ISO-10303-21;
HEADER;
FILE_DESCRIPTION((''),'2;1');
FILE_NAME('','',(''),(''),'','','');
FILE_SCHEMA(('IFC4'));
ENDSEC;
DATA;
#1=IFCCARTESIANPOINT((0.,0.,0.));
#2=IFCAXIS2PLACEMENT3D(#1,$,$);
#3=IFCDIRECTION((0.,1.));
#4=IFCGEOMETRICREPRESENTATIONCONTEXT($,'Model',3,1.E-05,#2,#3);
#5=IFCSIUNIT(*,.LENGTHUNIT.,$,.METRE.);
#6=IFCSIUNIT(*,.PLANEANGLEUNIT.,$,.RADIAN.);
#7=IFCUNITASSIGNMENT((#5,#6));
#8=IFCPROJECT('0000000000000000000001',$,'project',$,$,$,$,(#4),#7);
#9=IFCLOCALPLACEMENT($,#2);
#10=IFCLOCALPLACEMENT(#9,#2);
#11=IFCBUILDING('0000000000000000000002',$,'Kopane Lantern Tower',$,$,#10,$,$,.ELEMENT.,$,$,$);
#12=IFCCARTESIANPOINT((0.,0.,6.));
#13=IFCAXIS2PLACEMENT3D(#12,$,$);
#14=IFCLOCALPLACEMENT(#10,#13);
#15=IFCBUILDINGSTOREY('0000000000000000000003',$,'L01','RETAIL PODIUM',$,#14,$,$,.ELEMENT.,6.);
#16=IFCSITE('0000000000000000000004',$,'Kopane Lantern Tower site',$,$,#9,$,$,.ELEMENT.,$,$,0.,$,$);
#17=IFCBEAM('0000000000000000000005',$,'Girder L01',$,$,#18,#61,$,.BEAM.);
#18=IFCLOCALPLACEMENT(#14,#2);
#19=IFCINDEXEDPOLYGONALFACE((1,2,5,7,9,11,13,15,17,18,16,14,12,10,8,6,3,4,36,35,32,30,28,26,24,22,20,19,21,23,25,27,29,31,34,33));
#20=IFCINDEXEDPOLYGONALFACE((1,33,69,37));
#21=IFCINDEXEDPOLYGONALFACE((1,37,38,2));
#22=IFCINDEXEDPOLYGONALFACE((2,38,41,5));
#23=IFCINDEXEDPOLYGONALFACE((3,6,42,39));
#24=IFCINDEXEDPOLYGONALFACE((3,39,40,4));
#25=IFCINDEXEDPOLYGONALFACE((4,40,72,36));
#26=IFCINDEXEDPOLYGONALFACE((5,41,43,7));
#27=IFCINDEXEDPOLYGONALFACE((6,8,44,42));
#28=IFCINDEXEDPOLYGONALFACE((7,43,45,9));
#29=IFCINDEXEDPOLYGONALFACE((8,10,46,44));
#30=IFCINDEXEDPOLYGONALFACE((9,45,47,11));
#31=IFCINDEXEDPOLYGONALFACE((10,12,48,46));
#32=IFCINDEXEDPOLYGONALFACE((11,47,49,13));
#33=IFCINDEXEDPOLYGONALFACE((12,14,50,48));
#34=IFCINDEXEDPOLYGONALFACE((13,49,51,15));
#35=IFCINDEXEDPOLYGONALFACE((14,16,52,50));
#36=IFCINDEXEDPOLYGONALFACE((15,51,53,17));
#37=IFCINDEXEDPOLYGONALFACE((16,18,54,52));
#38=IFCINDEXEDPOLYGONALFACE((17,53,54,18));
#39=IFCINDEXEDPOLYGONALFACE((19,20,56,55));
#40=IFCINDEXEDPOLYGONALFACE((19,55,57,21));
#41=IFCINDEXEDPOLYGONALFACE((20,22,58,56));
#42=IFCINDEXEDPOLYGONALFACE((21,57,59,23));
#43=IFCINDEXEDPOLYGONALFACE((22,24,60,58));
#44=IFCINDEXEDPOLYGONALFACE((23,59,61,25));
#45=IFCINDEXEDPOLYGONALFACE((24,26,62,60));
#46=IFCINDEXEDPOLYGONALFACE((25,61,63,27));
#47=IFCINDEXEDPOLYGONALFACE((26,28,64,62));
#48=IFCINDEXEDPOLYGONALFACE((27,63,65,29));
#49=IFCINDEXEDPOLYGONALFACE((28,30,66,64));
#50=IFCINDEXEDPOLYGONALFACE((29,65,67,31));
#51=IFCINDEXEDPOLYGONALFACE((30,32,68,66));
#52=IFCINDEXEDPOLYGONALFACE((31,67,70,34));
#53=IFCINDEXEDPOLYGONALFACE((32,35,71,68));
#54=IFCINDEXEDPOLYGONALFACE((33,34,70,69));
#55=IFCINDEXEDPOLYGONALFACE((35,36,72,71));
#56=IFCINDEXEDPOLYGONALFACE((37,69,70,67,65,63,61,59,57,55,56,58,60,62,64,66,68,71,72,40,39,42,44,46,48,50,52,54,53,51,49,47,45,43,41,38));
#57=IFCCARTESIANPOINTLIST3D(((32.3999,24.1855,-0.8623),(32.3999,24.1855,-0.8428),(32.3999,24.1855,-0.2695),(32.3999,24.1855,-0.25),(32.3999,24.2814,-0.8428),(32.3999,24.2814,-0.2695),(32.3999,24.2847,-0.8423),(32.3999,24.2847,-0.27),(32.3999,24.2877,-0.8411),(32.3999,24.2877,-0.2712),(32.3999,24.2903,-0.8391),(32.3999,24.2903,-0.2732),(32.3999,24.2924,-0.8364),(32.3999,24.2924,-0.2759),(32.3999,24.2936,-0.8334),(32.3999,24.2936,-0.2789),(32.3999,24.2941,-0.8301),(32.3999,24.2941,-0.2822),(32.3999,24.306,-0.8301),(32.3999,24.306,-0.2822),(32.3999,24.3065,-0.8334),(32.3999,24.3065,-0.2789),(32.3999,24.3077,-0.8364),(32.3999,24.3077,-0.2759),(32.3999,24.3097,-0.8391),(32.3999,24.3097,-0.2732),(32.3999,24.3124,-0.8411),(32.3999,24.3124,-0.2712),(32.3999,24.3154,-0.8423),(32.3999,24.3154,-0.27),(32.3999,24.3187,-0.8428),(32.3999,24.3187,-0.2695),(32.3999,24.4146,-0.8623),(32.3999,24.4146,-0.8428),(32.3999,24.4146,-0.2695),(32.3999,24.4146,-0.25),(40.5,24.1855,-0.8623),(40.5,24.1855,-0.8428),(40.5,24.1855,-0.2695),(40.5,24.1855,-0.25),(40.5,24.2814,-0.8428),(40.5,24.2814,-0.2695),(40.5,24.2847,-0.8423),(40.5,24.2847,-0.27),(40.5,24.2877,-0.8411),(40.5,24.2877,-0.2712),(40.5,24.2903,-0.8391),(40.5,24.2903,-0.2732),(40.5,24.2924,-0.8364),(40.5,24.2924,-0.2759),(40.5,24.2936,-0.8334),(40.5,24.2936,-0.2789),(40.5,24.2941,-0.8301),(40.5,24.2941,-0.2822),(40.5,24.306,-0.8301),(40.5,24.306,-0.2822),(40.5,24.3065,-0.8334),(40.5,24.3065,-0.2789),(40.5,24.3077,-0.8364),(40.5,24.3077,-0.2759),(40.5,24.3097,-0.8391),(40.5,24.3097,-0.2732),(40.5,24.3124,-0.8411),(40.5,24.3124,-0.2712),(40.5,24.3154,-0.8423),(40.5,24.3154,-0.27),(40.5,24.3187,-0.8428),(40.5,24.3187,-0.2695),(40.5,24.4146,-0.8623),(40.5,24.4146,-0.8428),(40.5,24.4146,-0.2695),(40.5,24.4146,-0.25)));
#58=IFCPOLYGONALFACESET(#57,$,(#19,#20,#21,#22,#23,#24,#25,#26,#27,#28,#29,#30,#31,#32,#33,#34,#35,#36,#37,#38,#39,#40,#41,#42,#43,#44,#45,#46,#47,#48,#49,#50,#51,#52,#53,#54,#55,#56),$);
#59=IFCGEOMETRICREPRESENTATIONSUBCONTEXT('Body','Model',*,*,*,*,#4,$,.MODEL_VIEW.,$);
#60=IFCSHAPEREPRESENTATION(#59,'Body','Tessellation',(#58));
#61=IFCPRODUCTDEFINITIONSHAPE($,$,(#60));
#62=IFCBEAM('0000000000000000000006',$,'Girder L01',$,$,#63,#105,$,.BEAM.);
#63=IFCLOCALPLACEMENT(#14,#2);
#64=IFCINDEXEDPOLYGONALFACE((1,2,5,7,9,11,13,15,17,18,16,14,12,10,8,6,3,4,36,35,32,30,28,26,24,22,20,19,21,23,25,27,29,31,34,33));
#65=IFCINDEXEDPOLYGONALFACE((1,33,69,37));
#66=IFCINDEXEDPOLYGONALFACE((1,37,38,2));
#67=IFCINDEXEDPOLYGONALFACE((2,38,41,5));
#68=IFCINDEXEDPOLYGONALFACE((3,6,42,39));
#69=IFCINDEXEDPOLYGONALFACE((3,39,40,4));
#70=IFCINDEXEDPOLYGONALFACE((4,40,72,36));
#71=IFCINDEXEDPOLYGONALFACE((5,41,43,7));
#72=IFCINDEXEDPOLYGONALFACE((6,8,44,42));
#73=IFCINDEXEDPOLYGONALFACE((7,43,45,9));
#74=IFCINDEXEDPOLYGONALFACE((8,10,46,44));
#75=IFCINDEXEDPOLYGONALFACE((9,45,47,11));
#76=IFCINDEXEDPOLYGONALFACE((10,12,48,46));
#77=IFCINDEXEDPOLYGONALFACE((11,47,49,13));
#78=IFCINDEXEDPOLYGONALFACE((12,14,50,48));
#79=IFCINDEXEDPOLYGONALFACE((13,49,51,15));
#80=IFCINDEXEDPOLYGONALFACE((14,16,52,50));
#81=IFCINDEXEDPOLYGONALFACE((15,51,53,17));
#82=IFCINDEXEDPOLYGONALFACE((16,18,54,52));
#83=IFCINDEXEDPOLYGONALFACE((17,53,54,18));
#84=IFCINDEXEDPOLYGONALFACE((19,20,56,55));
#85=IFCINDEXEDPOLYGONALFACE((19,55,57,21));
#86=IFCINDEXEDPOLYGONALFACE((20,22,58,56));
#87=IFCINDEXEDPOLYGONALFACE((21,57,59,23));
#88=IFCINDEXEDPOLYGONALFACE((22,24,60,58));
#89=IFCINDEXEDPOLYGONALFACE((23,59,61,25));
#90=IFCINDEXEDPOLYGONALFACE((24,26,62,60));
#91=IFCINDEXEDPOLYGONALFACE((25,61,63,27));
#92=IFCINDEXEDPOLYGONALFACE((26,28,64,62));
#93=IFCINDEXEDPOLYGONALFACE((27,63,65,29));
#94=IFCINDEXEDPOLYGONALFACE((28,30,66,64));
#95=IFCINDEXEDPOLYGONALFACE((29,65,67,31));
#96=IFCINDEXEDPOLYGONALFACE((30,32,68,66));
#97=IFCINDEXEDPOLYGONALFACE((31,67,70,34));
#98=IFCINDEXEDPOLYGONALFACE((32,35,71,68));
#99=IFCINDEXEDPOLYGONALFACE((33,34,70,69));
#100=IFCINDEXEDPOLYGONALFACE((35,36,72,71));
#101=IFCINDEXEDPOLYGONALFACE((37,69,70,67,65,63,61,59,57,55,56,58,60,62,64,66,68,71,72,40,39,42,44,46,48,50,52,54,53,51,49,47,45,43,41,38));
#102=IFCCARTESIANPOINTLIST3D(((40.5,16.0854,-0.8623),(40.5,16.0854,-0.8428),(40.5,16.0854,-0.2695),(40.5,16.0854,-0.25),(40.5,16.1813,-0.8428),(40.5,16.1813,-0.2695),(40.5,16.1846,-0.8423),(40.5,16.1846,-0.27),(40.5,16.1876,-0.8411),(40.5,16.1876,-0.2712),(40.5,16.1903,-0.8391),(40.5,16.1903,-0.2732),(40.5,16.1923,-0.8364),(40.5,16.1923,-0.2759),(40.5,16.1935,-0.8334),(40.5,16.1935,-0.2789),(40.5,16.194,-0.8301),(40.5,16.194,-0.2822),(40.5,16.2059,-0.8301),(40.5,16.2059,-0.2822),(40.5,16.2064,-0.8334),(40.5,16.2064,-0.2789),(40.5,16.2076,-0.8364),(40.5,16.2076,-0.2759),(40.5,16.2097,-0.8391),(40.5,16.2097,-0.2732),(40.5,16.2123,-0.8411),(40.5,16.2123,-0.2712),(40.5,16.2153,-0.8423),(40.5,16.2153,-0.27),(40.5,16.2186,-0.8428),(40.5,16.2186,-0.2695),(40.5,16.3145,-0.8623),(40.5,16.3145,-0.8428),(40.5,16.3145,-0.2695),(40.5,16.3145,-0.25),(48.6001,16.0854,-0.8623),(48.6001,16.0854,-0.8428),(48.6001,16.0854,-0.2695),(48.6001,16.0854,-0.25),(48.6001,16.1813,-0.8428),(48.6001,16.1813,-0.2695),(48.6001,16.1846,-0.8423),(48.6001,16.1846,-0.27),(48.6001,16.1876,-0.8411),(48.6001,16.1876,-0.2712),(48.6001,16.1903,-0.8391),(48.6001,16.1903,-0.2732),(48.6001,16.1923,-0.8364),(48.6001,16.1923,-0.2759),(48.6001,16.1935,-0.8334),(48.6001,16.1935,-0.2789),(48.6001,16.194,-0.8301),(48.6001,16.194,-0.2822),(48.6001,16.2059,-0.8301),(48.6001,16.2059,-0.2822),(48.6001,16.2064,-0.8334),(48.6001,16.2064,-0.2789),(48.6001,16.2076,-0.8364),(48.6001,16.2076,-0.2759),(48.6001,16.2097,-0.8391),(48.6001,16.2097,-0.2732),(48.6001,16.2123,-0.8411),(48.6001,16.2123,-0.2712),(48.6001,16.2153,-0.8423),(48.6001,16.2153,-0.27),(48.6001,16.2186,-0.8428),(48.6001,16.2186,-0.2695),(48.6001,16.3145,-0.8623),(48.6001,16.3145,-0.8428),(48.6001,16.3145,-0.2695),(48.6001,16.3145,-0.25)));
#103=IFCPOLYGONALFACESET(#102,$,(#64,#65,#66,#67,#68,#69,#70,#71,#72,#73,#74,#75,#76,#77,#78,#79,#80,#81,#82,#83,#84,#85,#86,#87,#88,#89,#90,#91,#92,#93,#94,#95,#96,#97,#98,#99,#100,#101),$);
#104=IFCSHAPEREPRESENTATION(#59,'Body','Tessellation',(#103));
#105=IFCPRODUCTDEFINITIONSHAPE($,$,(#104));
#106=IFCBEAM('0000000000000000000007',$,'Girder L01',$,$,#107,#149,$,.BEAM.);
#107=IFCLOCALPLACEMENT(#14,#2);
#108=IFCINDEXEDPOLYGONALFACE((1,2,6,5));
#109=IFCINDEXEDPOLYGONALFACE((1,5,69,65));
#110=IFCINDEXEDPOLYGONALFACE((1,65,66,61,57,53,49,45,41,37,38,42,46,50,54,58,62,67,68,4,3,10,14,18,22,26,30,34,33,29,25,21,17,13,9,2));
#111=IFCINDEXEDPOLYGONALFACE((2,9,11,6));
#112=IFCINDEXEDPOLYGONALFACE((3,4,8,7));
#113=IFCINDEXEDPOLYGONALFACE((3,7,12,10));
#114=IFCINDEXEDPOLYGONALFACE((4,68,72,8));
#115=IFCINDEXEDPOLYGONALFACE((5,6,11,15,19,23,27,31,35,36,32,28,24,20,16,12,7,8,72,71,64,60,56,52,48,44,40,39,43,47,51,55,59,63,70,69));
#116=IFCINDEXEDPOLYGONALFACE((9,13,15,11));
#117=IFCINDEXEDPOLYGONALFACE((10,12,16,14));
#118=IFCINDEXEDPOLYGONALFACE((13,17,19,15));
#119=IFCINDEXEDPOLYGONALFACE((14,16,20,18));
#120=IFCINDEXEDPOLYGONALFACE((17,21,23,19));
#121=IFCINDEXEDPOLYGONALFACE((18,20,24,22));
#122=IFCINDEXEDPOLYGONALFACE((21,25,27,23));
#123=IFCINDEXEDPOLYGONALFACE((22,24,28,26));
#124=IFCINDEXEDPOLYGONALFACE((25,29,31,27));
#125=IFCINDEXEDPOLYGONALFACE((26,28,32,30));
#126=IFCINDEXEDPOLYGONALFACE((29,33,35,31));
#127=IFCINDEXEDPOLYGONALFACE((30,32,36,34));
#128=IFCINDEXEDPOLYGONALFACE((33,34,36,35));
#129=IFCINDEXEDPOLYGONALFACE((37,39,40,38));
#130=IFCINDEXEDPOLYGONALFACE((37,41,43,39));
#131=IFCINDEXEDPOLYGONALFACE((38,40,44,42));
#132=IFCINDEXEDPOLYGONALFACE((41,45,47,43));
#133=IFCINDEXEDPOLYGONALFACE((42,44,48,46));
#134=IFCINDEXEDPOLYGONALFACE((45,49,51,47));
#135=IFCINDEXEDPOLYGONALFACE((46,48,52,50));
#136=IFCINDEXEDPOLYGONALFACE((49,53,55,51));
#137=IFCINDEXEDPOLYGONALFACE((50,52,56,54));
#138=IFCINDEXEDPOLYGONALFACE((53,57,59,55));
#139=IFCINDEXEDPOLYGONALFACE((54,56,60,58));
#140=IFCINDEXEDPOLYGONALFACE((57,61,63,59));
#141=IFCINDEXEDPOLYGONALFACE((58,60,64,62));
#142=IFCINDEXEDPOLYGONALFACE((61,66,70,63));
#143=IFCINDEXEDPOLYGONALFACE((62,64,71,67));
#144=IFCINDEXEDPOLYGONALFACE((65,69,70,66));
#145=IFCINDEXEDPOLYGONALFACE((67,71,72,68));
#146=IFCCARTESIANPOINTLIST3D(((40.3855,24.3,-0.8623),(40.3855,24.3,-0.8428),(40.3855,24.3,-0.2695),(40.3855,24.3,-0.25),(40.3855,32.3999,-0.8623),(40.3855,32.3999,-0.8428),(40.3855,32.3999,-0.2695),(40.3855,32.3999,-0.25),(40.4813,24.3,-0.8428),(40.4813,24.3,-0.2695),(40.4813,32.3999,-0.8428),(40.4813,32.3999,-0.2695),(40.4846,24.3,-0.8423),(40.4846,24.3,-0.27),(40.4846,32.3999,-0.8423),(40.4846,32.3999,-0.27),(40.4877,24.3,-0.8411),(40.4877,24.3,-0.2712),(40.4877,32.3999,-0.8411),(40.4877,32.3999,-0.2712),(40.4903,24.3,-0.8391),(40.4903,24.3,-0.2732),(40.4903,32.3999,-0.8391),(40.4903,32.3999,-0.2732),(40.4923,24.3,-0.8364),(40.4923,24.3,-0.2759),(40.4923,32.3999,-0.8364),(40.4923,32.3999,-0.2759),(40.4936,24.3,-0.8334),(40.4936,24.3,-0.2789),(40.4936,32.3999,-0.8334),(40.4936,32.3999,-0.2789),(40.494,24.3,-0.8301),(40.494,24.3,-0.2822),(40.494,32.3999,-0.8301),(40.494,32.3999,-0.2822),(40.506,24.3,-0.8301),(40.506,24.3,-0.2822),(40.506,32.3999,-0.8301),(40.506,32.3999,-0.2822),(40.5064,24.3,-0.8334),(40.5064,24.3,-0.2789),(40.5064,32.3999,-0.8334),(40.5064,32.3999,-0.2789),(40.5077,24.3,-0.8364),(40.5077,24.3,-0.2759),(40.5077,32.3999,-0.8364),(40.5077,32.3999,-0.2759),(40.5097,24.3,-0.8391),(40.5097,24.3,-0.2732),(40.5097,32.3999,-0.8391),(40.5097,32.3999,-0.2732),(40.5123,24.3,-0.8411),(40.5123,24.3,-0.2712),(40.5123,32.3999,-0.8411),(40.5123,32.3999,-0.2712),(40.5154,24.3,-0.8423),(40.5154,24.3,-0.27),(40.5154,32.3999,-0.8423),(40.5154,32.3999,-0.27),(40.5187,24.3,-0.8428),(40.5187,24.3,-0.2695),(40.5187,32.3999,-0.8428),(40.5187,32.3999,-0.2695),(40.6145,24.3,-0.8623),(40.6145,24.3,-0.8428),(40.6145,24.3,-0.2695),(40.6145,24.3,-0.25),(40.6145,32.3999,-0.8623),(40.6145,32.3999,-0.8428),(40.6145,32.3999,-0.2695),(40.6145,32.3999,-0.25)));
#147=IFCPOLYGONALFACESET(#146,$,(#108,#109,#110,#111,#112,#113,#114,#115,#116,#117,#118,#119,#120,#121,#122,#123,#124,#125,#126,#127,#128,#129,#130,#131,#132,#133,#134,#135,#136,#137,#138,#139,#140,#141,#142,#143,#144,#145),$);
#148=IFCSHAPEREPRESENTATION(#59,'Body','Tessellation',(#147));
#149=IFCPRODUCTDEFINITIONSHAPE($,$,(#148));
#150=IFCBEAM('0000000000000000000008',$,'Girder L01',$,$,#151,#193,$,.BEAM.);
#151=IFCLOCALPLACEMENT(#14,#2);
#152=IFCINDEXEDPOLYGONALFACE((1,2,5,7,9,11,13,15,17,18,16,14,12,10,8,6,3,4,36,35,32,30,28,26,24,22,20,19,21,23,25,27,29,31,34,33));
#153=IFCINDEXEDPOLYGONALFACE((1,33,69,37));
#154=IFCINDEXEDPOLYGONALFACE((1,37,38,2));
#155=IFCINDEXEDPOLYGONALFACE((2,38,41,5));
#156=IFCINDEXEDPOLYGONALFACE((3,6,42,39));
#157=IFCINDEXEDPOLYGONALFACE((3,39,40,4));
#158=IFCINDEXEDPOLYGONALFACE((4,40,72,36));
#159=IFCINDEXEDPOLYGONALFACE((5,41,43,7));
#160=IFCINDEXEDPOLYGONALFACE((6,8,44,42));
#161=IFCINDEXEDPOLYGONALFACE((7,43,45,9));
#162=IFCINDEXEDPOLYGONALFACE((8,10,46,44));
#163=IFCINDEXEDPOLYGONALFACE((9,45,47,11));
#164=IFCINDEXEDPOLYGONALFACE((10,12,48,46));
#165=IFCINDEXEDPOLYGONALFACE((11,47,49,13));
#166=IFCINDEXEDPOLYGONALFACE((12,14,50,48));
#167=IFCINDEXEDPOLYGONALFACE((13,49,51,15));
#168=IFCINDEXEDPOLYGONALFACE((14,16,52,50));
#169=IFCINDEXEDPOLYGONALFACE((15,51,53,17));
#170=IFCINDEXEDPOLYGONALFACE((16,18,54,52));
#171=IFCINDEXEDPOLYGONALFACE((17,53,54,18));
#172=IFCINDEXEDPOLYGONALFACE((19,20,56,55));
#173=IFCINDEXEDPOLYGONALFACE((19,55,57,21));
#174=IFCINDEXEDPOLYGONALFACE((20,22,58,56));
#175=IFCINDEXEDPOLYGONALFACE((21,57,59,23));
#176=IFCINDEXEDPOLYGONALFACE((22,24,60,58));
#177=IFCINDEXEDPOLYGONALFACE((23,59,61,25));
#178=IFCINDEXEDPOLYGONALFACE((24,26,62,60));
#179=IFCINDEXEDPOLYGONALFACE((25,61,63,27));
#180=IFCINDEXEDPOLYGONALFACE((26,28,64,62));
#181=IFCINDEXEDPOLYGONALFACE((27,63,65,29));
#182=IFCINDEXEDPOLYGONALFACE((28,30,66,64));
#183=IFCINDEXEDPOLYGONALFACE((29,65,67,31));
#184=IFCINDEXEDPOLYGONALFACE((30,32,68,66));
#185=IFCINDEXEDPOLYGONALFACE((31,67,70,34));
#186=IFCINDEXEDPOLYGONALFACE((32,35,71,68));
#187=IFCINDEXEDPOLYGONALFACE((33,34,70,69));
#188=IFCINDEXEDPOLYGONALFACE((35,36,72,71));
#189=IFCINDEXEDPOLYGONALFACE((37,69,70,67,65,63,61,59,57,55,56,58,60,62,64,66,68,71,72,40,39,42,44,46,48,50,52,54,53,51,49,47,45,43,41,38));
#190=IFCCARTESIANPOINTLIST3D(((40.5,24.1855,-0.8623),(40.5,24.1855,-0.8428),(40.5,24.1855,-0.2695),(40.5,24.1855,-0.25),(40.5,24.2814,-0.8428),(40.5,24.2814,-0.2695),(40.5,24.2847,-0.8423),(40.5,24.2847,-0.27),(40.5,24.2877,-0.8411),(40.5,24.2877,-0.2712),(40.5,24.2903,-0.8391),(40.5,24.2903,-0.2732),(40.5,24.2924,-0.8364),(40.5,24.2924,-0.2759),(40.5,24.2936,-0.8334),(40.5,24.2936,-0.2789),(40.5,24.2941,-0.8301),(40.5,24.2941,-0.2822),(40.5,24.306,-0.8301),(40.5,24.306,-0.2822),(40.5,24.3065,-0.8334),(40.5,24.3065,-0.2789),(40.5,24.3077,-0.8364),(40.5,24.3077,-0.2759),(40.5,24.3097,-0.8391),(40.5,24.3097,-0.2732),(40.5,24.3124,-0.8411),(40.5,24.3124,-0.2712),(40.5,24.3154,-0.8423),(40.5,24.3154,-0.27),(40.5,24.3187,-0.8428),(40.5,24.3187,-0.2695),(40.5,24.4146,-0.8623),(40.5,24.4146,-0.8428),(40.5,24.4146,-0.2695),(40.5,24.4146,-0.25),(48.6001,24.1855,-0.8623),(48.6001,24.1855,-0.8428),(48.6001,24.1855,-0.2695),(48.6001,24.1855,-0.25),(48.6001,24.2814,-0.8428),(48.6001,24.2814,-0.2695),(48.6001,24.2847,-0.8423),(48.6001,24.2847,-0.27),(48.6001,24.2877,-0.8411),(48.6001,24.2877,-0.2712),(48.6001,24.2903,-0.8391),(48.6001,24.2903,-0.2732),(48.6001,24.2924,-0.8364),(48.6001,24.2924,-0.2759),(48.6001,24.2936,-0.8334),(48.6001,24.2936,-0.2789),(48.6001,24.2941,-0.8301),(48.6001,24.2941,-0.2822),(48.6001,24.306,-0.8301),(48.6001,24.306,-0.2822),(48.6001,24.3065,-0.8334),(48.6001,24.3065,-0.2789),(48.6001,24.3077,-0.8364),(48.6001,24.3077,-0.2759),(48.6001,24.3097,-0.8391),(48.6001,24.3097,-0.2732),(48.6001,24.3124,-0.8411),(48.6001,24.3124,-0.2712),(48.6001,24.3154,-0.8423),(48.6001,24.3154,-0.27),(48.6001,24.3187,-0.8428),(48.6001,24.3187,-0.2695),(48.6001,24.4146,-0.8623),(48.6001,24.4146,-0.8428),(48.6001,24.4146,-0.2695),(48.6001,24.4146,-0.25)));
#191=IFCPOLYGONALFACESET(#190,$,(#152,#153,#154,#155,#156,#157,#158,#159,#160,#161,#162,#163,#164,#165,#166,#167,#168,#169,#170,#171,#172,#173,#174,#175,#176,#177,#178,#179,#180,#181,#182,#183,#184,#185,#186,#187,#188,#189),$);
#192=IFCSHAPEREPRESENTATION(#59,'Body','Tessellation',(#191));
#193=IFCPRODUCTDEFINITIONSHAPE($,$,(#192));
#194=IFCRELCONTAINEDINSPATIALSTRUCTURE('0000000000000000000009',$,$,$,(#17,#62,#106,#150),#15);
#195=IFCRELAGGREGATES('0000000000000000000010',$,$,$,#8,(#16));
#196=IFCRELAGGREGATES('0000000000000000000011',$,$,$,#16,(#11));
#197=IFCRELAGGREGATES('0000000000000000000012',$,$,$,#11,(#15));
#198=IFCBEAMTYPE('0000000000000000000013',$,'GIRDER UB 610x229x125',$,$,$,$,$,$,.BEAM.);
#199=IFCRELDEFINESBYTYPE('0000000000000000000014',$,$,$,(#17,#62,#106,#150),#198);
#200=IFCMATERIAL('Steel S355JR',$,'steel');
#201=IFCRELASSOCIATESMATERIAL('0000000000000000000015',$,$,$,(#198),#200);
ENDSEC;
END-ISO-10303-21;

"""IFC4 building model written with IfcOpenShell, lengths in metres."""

from ifc_helpers import new_model, si_unit, direction, frame, origin, origin_2d, place, context, subcontext, project, spatial, i_section, extrude, material, material_profile, profile_set, type_object, element, save


model = new_model("IFC4")

# Units and contexts
model_context = context("Model", 3, precision=1e-05, world=origin(), true_north=direction((0.0, 1.0)))
body_context = subcontext(model_context, "Body", "Model", "MODEL_VIEW")
ifc_project = project(units=[si_unit("LENGTHUNIT", "METRE"), si_unit("PLANEANGLEUNIT", "RADIAN")], contexts=[model_context])

# Site, building, storey
site_placement = place(None, origin())
site = spatial("IfcSite", under=ifc_project, at=site_placement, Name="Kopane Lantern Tower site", CompositionType="ELEMENT", RefElevation=0.0)
building_placement = place(site_placement, origin())
building = spatial("IfcBuilding", under=site, at=building_placement, Name="Kopane Lantern Tower", CompositionType="ELEMENT")
storey_placement = place(building_placement, frame((0.0, 0.0, 6.0)))
storey = spatial("IfcBuildingStorey", under=building, at=storey_placement, Name="L01", Description="RETAIL PODIUM", CompositionType="ELEMENT", Elevation=6.0)

# Beams
ifc_material_1 = material(Name="Steel S355JR", Category="steel")
ifc_material_profile_1 = material_profile(ifc_material_1, i_section(OverallWidth=0.229, OverallDepth=0.6123, WebThickness=0.012, FlangeThickness=0.0195, FilletRadius=0.0127, at=origin_2d()), Name="UB 610x229x125")
ifc_profile_set_1 = profile_set([ifc_material_profile_1], Name="Steel S355JR")
beam_type_1 = type_object("IfcBeamType", Name="GIRDER UB 610x229x125", PredefinedType="BEAM", material=ifc_profile_set_1)
for number, where, z_axis, x_axis, name in (
    (1, (32.3999, 24.3, -0.5562), (1.0, 0.0, 0.0), (0.0, 1.0, 0.0), "Girder L01"),
    (2, (40.5, 16.2, -0.5562), (1.0, 0.0, 0.0), (0.0, 1.0, 0.0), "Girder L01"),
):
    element("IfcBeam", number, at=place(storey_placement, frame(where, z_axis=z_axis, x_axis=x_axis)), inside=storey, type_object=beam_type_1, Name=name, PredefinedType="BEAM", context=body_context, shape_type="SweptSolid", body=[
        extrude(i_section(OverallWidth=0.229, OverallDepth=0.6123, WebThickness=0.012, FlangeThickness=0.0195, FilletRadius=0.0127, at=origin_2d()), origin(), (0.0, 0.0, 1.0), 8.1001),
    ])
beam_1_placement = place(storey_placement, frame((40.5, 24.3, -0.5562), z_axis=(0.0, 1.0, 0.0), x_axis=(-1.0, 0.0, 0.0)))
element("IfcBeam", 3, at=beam_1_placement, inside=storey, type_object=beam_type_1, Name="Girder L01", PredefinedType="BEAM", context=body_context, shape_type="SweptSolid", body=[
    extrude(i_section(OverallWidth=0.229, OverallDepth=0.6123, WebThickness=0.012, FlangeThickness=0.0195, FilletRadius=0.0127, at=origin_2d()), origin(), (0.0, 0.0, 1.0), 8.0999),
])
beam_2_placement = place(storey_placement, frame((40.5, 24.3, -0.5562), z_axis=(1.0, 0.0, 0.0), x_axis=(0.0, 1.0, 0.0)))
element("IfcBeam", 4, at=beam_2_placement, inside=storey, type_object=beam_type_1, Name="Girder L01", PredefinedType="BEAM", context=body_context, shape_type="SweptSolid", body=[
    extrude(i_section(OverallWidth=0.229, OverallDepth=0.6123, WebThickness=0.012, FlangeThickness=0.0195, FilletRadius=0.0127, at=origin_2d()), origin(), (0.0, 0.0, 1.0), 8.1001),
])

save(model, "model.ifc")
